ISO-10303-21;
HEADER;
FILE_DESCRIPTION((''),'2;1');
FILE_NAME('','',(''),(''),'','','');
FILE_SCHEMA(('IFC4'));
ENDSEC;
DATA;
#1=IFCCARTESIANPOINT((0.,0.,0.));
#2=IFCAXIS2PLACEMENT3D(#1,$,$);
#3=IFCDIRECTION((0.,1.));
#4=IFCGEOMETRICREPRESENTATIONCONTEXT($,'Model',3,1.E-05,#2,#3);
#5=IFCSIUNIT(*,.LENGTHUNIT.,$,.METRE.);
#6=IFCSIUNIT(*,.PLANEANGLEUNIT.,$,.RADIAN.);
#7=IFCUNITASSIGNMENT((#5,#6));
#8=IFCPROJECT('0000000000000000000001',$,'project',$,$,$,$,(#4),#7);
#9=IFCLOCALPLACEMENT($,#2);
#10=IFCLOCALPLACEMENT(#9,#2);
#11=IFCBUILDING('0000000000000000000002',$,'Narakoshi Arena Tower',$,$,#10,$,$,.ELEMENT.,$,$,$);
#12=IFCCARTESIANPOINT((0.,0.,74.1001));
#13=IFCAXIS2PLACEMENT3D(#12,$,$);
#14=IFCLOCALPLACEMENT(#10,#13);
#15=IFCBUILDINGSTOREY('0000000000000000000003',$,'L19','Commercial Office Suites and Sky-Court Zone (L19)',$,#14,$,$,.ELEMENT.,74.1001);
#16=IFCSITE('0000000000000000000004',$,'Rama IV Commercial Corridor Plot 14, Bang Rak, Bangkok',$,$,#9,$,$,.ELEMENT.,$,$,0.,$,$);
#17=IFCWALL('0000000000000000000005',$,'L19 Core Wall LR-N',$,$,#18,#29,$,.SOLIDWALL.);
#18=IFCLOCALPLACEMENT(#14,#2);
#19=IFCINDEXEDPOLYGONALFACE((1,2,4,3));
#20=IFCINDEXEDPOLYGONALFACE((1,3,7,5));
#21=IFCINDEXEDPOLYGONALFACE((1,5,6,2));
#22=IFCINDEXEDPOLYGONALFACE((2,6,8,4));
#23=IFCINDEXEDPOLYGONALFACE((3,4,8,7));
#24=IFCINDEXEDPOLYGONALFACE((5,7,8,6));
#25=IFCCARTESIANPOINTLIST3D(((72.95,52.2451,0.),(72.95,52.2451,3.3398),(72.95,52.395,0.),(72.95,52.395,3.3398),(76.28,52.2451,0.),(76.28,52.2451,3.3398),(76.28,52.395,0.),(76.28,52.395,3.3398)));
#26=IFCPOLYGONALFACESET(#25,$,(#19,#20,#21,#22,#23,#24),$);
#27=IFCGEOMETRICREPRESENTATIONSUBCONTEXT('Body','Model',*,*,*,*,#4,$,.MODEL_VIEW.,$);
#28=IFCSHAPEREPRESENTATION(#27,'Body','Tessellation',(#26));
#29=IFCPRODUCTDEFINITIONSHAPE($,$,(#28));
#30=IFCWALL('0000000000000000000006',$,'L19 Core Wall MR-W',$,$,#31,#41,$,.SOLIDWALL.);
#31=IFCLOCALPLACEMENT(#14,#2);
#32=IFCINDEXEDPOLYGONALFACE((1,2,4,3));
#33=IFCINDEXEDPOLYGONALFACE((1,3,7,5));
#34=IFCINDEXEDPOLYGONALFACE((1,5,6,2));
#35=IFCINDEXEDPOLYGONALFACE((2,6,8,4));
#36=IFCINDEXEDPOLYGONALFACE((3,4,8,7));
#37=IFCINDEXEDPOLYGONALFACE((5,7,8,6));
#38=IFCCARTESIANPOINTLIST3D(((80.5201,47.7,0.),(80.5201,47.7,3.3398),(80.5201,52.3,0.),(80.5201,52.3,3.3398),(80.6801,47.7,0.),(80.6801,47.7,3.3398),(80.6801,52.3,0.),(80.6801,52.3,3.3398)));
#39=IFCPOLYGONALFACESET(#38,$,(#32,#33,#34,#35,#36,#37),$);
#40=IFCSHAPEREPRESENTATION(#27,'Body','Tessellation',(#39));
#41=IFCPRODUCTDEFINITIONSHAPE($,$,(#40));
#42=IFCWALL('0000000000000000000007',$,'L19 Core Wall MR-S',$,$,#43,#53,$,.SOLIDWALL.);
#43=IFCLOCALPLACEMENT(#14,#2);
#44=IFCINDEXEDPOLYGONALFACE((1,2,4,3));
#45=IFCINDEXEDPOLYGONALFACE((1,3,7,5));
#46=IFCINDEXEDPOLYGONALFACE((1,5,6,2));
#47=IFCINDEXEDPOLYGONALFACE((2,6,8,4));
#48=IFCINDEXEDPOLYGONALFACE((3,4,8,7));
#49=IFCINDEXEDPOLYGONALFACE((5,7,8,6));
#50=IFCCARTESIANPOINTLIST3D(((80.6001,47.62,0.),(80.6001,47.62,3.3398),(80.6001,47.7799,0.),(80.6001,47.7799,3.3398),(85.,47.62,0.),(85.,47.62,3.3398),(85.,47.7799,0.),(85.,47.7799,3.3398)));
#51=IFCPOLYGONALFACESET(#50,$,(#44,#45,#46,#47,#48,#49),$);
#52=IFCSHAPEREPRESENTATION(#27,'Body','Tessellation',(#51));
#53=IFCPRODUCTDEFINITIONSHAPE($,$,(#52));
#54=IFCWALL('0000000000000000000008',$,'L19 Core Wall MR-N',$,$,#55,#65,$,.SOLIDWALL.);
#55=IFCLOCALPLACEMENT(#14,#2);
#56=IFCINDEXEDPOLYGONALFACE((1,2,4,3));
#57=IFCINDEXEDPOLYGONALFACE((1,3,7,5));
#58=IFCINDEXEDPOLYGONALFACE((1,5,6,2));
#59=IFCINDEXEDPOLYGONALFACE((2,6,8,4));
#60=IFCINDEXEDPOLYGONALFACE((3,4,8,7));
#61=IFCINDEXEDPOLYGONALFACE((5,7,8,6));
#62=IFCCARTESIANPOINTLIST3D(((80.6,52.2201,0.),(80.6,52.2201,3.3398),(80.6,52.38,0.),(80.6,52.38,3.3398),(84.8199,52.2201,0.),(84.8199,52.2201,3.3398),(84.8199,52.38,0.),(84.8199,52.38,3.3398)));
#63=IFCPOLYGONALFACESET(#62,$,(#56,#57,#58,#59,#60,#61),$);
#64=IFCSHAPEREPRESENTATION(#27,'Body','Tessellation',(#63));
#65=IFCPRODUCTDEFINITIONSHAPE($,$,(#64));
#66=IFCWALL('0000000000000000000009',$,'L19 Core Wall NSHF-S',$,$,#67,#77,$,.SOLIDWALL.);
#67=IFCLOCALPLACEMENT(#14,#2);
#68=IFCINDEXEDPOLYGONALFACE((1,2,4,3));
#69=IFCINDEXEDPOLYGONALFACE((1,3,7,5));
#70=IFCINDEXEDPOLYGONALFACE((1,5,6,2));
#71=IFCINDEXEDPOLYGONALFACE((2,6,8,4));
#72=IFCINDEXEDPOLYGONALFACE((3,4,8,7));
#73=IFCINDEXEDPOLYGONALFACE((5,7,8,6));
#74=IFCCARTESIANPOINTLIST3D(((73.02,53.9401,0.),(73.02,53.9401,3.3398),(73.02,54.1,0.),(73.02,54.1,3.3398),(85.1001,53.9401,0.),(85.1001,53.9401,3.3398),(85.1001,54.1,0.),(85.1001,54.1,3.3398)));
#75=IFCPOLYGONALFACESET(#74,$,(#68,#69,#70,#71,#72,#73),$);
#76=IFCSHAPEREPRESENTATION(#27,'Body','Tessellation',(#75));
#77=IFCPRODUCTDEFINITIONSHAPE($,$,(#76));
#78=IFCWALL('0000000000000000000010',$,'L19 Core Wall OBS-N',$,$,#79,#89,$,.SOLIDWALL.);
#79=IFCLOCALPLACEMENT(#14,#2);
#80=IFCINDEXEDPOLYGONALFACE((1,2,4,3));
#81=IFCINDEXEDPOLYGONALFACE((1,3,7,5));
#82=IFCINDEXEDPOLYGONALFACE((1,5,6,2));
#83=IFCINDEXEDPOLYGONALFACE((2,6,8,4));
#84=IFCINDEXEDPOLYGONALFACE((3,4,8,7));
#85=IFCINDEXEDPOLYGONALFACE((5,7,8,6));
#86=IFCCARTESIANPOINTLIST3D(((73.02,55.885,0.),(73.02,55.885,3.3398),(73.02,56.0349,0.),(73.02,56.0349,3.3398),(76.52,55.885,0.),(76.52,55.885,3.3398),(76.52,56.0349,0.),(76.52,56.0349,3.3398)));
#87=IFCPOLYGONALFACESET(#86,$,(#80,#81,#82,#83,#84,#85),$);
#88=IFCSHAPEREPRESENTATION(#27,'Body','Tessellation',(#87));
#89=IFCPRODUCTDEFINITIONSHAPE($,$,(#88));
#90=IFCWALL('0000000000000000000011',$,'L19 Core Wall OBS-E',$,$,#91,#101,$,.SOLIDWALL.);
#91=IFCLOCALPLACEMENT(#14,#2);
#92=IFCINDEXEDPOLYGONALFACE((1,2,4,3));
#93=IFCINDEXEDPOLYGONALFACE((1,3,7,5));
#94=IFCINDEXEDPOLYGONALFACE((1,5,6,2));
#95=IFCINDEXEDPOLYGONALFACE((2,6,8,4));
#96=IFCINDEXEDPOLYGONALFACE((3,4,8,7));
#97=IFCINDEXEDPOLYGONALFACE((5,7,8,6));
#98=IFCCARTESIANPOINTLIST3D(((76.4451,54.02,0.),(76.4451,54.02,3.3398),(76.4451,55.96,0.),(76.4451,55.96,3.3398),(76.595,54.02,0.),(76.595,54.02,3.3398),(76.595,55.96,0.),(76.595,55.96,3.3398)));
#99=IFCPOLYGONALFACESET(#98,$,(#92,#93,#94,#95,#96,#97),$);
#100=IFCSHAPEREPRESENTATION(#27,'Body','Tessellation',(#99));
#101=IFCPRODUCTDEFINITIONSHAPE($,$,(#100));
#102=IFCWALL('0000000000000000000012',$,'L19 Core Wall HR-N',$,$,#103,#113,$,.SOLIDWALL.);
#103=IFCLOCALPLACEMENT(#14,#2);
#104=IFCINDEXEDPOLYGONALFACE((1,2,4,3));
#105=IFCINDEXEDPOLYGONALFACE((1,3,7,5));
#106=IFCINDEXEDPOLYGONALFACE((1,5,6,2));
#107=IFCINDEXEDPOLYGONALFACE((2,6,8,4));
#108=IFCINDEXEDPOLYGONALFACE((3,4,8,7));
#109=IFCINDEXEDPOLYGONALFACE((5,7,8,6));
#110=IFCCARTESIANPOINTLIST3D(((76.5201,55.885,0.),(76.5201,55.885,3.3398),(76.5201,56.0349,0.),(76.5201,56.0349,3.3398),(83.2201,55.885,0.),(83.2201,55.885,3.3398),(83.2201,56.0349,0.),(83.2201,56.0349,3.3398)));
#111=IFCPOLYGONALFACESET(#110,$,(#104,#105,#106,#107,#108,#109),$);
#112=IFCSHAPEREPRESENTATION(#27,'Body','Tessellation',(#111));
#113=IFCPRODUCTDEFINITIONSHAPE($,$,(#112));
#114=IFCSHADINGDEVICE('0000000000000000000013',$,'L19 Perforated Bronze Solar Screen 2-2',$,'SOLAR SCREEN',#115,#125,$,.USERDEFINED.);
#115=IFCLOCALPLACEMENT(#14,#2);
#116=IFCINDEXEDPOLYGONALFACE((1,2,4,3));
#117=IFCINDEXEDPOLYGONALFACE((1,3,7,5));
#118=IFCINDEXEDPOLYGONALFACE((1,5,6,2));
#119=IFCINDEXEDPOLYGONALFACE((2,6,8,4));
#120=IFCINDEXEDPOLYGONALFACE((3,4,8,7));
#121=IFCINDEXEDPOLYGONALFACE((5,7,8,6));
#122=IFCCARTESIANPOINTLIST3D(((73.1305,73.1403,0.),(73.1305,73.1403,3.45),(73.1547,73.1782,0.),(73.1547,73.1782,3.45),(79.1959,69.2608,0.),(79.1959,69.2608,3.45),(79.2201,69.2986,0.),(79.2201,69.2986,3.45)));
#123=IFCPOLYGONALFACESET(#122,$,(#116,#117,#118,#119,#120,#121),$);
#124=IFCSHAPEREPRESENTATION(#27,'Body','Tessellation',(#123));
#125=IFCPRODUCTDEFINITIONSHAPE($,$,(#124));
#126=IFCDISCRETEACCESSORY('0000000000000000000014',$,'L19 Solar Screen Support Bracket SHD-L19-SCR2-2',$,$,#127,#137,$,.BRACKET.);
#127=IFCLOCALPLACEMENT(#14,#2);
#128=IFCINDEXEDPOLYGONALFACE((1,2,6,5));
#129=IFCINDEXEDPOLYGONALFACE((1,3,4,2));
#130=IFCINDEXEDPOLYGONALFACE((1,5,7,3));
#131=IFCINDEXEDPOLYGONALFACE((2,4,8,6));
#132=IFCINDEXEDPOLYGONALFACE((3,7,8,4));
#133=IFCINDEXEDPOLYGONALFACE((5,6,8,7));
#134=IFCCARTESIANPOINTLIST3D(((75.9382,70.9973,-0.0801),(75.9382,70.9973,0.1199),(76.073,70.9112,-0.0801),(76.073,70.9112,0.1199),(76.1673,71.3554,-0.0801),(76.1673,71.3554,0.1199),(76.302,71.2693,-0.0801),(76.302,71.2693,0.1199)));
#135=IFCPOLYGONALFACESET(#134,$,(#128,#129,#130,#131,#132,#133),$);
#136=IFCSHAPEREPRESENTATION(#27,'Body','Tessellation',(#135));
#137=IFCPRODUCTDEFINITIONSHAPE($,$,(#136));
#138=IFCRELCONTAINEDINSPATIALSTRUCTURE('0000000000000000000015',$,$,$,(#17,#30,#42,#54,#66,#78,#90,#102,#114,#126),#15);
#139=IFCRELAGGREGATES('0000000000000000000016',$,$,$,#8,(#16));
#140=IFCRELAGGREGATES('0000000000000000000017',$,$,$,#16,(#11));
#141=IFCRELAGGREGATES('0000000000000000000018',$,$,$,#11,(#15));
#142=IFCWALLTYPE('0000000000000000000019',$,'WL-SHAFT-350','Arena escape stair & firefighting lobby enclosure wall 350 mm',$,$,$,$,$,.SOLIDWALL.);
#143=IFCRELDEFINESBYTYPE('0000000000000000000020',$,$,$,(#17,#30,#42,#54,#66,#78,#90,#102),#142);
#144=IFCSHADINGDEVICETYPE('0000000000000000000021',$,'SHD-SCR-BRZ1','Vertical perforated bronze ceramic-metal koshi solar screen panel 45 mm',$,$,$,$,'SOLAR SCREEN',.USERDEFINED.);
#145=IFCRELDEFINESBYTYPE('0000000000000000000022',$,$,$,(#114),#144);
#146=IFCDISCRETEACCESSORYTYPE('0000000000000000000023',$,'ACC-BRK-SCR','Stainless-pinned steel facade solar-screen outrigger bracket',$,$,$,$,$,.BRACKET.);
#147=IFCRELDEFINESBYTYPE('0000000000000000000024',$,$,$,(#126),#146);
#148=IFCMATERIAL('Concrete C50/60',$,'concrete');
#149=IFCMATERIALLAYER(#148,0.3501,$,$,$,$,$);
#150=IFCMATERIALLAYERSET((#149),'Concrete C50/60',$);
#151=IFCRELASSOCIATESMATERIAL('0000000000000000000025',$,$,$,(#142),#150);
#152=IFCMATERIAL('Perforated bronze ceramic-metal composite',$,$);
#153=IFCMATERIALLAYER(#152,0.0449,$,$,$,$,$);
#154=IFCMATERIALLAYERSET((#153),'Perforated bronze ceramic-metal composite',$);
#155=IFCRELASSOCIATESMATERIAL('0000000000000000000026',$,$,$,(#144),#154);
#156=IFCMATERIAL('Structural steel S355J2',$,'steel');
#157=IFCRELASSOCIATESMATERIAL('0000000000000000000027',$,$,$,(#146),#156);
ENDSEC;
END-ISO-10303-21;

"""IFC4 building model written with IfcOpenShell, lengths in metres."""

from ifc_helpers import new_model, si_unit, direction, frame, frame_2d, origin, origin_2d, place, context, subcontext, project, spatial, rectangle, extrude, material, layer, layer_set, type_object, element, save


model = new_model("IFC4")

# Units and contexts
model_context = context("Model", 3, precision=1e-05, world=origin(), true_north=direction((0.0, 1.0)))
body_context = subcontext(model_context, "Body", "Model", "MODEL_VIEW")
ifc_project = project(units=[si_unit("LENGTHUNIT", "METRE"), si_unit("PLANEANGLEUNIT", "RADIAN")], contexts=[model_context])

# Site, building, storey
site_placement = place(None, origin())
site = spatial("IfcSite", under=ifc_project, at=site_placement, Name="Rama IV Commercial Corridor Plot 14, Bang Rak, Bangkok", CompositionType="ELEMENT", RefElevation=0.0)
building_placement = place(site_placement, origin())
building = spatial("IfcBuilding", under=site, at=building_placement, Name="Narakoshi Arena Tower", CompositionType="ELEMENT")
storey_placement = place(building_placement, frame((0.0, 0.0, 74.1001)))
storey = spatial("IfcBuildingStorey", under=building, at=storey_placement, Name="L19", Description="Commercial Office Suites and Sky-Court Zone (L19)", CompositionType="ELEMENT", Elevation=74.1001)

# Walls
ifc_material_1 = material(Name="Concrete C50/60", Category="concrete")
ifc_layer_1 = layer(ifc_material_1, 0.3501)
ifc_layer_set_1 = layer_set([ifc_layer_1], Name="Concrete C50/60")
wall_type_1 = type_object("IfcWallType", Name="WL-SHAFT-350", Description="Arena escape stair & firefighting lobby enclosure wall 350 mm", PredefinedType="SOLIDWALL", material=ifc_layer_set_1)
wall_1_placement = place(storey_placement, frame((72.95, 52.3201, 0.0), z_axis=(0.0, 0.0, 1.0), x_axis=(1.0, 0.0, 0.0)))
element("IfcWall", 1, at=wall_1_placement, inside=storey, type_object=wall_type_1, Name="L19 Core Wall LR-N", PredefinedType="SOLIDWALL", context=body_context, shape_type="SweptSolid", body=[
    extrude(rectangle(XDim=3.3301, YDim=0.1499, at=frame_2d((1.665, 0.0))), origin(), (0.0, 0.0, 1.0), 3.3398),
])
wall_2_placement = place(storey_placement, frame((80.6001, 47.7, 0.0), z_axis=(0.0, 0.0, 1.0), x_axis=(0.0, 1.0, 0.0)))
element("IfcWall", 2, at=wall_2_placement, inside=storey, type_object=wall_type_1, Name="L19 Core Wall MR-W", PredefinedType="SOLIDWALL", context=body_context, shape_type="SweptSolid", body=[
    extrude(rectangle(XDim=4.6001, YDim=0.1599, at=frame_2d((2.3, 0.0))), origin(), (0.0, 0.0, 1.0), 3.3398),
])
wall_3_placement = place(storey_placement, frame((80.6001, 47.7, 0.0), z_axis=(0.0, 0.0, 1.0), x_axis=(1.0, 0.0, 0.0)))
element("IfcWall", 3, at=wall_3_placement, inside=storey, type_object=wall_type_1, Name="L19 Core Wall MR-S", PredefinedType="SOLIDWALL", context=body_context, shape_type="SweptSolid", body=[
    extrude(rectangle(XDim=4.3999, YDim=0.1599, at=frame_2d((2.2, 0.0))), origin(), (0.0, 0.0, 1.0), 3.3398),
])
wall_4_placement = place(storey_placement, frame((80.6001, 52.3, 0.0), z_axis=(0.0, 0.0, 1.0), x_axis=(1.0, 0.0, 0.0)))
element("IfcWall", 4, at=wall_4_placement, inside=storey, type_object=wall_type_1, Name="L19 Core Wall MR-N", PredefinedType="SOLIDWALL", context=body_context, shape_type="SweptSolid", body=[
    extrude(rectangle(XDim=4.22, YDim=0.1599, at=frame_2d((2.1099, 0.0))), origin(), (0.0, 0.0, 1.0), 3.3398),
])
wall_5_placement = place(storey_placement, frame((73.02, 54.02, 0.0), z_axis=(0.0, 0.0, 1.0), x_axis=(1.0, 0.0, 0.0)))
element("IfcWall", 5, at=wall_5_placement, inside=storey, type_object=wall_type_1, Name="L19 Core Wall NSHF-S", PredefinedType="SOLIDWALL", context=body_context, shape_type="SweptSolid", body=[
    extrude(rectangle(XDim=12.0801, YDim=0.1599, at=frame_2d((6.04, 0.0))), origin(), (0.0, 0.0, 1.0), 3.3398),
])
wall_6_placement = place(storey_placement, frame((73.02, 55.96, 0.0), z_axis=(0.0, 0.0, 1.0), x_axis=(1.0, 0.0, 0.0)))
element("IfcWall", 6, at=wall_6_placement, inside=storey, type_object=wall_type_1, Name="L19 Core Wall OBS-N", PredefinedType="SOLIDWALL", context=body_context, shape_type="SweptSolid", body=[
    extrude(rectangle(XDim=3.5, YDim=0.1499, at=frame_2d((1.75, 0.0))), origin(), (0.0, 0.0, 1.0), 3.3398),
])
wall_7_placement = place(storey_placement, frame((76.52, 54.02, 0.0), z_axis=(0.0, 0.0, 1.0), x_axis=(0.0, 1.0, 0.0)))
element("IfcWall", 7, at=wall_7_placement, inside=storey, type_object=wall_type_1, Name="L19 Core Wall OBS-E", PredefinedType="SOLIDWALL", context=body_context, shape_type="SweptSolid", body=[
    extrude(rectangle(XDim=1.9399, YDim=0.1499, at=frame_2d((0.97, 0.0))), origin(), (0.0, 0.0, 1.0), 3.3398),
])
wall_8_placement = place(storey_placement, frame((76.52, 55.96, 0.0), z_axis=(0.0, 0.0, 1.0), x_axis=(1.0, 0.0, 0.0)))
element("IfcWall", 8, at=wall_8_placement, inside=storey, type_object=wall_type_1, Name="L19 Core Wall HR-N", PredefinedType="SOLIDWALL", context=body_context, shape_type="SweptSolid", body=[
    extrude(rectangle(XDim=6.7, YDim=0.1499, at=frame_2d((3.3501, 0.0))), origin(), (0.0, 0.0, 1.0), 3.3398),
])

# Shading device
ifc_material_2 = material(Name="Perforated bronze ceramic-metal composite")
ifc_layer_2 = layer(ifc_material_2, 0.0449)
ifc_layer_set_2 = layer_set([ifc_layer_2], Name="Perforated bronze ceramic-metal composite")
shading_device_type = type_object("IfcShadingDeviceType", Name="SHD-SCR-BRZ1", Description="Vertical perforated bronze ceramic-metal koshi solar screen panel 45 mm", ElementType="SOLAR SCREEN", PredefinedType="USERDEFINED", material=ifc_layer_set_2)
shading_device_placement = place(storey_placement, frame((76.1753, 71.2195, 0.0), z_axis=(0.0, 0.0, 1.0), x_axis=(-0.842415, 0.53883, 0.0)))
element("IfcShadingDevice", 9, at=shading_device_placement, inside=storey, type_object=shading_device_type, Name="L19 Perforated Bronze Solar Screen 2-2", ObjectType="SOLAR SCREEN", PredefinedType="USERDEFINED", context=body_context, shape_type="SweptSolid", body=[
    extrude(rectangle(XDim=7.2, YDim=0.0449, at=origin_2d()), origin(), (0.0, 0.0, 1.0), 3.45),
])

# Discrete accessory
ifc_material_3 = material(Name="Structural steel S355J2", Category="steel")
discrete_accessory_type = type_object("IfcDiscreteAccessoryType", Name="ACC-BRK-SCR", Description="Stainless-pinned steel facade solar-screen outrigger bracket", PredefinedType="BRACKET", material=ifc_material_3)
discrete_accessory_placement = place(storey_placement, frame((76.1201, 71.1333, -0.0801), z_axis=(0.0, 0.0, 1.0), x_axis=(-0.842415, 0.53883, 0.0)))
element("IfcDiscreteAccessory", 10, at=discrete_accessory_placement, inside=storey, type_object=discrete_accessory_type, Name="L19 Solar Screen Support Bracket SHD-L19-SCR2-2", PredefinedType="BRACKET", context=body_context, shape_type="SweptSolid", body=[
    extrude(rectangle(XDim=0.1599, YDim=0.425, at=origin_2d()), origin(), (0.0, 0.0, 1.0), 0.2),
])

save(model, "model.ifc")
